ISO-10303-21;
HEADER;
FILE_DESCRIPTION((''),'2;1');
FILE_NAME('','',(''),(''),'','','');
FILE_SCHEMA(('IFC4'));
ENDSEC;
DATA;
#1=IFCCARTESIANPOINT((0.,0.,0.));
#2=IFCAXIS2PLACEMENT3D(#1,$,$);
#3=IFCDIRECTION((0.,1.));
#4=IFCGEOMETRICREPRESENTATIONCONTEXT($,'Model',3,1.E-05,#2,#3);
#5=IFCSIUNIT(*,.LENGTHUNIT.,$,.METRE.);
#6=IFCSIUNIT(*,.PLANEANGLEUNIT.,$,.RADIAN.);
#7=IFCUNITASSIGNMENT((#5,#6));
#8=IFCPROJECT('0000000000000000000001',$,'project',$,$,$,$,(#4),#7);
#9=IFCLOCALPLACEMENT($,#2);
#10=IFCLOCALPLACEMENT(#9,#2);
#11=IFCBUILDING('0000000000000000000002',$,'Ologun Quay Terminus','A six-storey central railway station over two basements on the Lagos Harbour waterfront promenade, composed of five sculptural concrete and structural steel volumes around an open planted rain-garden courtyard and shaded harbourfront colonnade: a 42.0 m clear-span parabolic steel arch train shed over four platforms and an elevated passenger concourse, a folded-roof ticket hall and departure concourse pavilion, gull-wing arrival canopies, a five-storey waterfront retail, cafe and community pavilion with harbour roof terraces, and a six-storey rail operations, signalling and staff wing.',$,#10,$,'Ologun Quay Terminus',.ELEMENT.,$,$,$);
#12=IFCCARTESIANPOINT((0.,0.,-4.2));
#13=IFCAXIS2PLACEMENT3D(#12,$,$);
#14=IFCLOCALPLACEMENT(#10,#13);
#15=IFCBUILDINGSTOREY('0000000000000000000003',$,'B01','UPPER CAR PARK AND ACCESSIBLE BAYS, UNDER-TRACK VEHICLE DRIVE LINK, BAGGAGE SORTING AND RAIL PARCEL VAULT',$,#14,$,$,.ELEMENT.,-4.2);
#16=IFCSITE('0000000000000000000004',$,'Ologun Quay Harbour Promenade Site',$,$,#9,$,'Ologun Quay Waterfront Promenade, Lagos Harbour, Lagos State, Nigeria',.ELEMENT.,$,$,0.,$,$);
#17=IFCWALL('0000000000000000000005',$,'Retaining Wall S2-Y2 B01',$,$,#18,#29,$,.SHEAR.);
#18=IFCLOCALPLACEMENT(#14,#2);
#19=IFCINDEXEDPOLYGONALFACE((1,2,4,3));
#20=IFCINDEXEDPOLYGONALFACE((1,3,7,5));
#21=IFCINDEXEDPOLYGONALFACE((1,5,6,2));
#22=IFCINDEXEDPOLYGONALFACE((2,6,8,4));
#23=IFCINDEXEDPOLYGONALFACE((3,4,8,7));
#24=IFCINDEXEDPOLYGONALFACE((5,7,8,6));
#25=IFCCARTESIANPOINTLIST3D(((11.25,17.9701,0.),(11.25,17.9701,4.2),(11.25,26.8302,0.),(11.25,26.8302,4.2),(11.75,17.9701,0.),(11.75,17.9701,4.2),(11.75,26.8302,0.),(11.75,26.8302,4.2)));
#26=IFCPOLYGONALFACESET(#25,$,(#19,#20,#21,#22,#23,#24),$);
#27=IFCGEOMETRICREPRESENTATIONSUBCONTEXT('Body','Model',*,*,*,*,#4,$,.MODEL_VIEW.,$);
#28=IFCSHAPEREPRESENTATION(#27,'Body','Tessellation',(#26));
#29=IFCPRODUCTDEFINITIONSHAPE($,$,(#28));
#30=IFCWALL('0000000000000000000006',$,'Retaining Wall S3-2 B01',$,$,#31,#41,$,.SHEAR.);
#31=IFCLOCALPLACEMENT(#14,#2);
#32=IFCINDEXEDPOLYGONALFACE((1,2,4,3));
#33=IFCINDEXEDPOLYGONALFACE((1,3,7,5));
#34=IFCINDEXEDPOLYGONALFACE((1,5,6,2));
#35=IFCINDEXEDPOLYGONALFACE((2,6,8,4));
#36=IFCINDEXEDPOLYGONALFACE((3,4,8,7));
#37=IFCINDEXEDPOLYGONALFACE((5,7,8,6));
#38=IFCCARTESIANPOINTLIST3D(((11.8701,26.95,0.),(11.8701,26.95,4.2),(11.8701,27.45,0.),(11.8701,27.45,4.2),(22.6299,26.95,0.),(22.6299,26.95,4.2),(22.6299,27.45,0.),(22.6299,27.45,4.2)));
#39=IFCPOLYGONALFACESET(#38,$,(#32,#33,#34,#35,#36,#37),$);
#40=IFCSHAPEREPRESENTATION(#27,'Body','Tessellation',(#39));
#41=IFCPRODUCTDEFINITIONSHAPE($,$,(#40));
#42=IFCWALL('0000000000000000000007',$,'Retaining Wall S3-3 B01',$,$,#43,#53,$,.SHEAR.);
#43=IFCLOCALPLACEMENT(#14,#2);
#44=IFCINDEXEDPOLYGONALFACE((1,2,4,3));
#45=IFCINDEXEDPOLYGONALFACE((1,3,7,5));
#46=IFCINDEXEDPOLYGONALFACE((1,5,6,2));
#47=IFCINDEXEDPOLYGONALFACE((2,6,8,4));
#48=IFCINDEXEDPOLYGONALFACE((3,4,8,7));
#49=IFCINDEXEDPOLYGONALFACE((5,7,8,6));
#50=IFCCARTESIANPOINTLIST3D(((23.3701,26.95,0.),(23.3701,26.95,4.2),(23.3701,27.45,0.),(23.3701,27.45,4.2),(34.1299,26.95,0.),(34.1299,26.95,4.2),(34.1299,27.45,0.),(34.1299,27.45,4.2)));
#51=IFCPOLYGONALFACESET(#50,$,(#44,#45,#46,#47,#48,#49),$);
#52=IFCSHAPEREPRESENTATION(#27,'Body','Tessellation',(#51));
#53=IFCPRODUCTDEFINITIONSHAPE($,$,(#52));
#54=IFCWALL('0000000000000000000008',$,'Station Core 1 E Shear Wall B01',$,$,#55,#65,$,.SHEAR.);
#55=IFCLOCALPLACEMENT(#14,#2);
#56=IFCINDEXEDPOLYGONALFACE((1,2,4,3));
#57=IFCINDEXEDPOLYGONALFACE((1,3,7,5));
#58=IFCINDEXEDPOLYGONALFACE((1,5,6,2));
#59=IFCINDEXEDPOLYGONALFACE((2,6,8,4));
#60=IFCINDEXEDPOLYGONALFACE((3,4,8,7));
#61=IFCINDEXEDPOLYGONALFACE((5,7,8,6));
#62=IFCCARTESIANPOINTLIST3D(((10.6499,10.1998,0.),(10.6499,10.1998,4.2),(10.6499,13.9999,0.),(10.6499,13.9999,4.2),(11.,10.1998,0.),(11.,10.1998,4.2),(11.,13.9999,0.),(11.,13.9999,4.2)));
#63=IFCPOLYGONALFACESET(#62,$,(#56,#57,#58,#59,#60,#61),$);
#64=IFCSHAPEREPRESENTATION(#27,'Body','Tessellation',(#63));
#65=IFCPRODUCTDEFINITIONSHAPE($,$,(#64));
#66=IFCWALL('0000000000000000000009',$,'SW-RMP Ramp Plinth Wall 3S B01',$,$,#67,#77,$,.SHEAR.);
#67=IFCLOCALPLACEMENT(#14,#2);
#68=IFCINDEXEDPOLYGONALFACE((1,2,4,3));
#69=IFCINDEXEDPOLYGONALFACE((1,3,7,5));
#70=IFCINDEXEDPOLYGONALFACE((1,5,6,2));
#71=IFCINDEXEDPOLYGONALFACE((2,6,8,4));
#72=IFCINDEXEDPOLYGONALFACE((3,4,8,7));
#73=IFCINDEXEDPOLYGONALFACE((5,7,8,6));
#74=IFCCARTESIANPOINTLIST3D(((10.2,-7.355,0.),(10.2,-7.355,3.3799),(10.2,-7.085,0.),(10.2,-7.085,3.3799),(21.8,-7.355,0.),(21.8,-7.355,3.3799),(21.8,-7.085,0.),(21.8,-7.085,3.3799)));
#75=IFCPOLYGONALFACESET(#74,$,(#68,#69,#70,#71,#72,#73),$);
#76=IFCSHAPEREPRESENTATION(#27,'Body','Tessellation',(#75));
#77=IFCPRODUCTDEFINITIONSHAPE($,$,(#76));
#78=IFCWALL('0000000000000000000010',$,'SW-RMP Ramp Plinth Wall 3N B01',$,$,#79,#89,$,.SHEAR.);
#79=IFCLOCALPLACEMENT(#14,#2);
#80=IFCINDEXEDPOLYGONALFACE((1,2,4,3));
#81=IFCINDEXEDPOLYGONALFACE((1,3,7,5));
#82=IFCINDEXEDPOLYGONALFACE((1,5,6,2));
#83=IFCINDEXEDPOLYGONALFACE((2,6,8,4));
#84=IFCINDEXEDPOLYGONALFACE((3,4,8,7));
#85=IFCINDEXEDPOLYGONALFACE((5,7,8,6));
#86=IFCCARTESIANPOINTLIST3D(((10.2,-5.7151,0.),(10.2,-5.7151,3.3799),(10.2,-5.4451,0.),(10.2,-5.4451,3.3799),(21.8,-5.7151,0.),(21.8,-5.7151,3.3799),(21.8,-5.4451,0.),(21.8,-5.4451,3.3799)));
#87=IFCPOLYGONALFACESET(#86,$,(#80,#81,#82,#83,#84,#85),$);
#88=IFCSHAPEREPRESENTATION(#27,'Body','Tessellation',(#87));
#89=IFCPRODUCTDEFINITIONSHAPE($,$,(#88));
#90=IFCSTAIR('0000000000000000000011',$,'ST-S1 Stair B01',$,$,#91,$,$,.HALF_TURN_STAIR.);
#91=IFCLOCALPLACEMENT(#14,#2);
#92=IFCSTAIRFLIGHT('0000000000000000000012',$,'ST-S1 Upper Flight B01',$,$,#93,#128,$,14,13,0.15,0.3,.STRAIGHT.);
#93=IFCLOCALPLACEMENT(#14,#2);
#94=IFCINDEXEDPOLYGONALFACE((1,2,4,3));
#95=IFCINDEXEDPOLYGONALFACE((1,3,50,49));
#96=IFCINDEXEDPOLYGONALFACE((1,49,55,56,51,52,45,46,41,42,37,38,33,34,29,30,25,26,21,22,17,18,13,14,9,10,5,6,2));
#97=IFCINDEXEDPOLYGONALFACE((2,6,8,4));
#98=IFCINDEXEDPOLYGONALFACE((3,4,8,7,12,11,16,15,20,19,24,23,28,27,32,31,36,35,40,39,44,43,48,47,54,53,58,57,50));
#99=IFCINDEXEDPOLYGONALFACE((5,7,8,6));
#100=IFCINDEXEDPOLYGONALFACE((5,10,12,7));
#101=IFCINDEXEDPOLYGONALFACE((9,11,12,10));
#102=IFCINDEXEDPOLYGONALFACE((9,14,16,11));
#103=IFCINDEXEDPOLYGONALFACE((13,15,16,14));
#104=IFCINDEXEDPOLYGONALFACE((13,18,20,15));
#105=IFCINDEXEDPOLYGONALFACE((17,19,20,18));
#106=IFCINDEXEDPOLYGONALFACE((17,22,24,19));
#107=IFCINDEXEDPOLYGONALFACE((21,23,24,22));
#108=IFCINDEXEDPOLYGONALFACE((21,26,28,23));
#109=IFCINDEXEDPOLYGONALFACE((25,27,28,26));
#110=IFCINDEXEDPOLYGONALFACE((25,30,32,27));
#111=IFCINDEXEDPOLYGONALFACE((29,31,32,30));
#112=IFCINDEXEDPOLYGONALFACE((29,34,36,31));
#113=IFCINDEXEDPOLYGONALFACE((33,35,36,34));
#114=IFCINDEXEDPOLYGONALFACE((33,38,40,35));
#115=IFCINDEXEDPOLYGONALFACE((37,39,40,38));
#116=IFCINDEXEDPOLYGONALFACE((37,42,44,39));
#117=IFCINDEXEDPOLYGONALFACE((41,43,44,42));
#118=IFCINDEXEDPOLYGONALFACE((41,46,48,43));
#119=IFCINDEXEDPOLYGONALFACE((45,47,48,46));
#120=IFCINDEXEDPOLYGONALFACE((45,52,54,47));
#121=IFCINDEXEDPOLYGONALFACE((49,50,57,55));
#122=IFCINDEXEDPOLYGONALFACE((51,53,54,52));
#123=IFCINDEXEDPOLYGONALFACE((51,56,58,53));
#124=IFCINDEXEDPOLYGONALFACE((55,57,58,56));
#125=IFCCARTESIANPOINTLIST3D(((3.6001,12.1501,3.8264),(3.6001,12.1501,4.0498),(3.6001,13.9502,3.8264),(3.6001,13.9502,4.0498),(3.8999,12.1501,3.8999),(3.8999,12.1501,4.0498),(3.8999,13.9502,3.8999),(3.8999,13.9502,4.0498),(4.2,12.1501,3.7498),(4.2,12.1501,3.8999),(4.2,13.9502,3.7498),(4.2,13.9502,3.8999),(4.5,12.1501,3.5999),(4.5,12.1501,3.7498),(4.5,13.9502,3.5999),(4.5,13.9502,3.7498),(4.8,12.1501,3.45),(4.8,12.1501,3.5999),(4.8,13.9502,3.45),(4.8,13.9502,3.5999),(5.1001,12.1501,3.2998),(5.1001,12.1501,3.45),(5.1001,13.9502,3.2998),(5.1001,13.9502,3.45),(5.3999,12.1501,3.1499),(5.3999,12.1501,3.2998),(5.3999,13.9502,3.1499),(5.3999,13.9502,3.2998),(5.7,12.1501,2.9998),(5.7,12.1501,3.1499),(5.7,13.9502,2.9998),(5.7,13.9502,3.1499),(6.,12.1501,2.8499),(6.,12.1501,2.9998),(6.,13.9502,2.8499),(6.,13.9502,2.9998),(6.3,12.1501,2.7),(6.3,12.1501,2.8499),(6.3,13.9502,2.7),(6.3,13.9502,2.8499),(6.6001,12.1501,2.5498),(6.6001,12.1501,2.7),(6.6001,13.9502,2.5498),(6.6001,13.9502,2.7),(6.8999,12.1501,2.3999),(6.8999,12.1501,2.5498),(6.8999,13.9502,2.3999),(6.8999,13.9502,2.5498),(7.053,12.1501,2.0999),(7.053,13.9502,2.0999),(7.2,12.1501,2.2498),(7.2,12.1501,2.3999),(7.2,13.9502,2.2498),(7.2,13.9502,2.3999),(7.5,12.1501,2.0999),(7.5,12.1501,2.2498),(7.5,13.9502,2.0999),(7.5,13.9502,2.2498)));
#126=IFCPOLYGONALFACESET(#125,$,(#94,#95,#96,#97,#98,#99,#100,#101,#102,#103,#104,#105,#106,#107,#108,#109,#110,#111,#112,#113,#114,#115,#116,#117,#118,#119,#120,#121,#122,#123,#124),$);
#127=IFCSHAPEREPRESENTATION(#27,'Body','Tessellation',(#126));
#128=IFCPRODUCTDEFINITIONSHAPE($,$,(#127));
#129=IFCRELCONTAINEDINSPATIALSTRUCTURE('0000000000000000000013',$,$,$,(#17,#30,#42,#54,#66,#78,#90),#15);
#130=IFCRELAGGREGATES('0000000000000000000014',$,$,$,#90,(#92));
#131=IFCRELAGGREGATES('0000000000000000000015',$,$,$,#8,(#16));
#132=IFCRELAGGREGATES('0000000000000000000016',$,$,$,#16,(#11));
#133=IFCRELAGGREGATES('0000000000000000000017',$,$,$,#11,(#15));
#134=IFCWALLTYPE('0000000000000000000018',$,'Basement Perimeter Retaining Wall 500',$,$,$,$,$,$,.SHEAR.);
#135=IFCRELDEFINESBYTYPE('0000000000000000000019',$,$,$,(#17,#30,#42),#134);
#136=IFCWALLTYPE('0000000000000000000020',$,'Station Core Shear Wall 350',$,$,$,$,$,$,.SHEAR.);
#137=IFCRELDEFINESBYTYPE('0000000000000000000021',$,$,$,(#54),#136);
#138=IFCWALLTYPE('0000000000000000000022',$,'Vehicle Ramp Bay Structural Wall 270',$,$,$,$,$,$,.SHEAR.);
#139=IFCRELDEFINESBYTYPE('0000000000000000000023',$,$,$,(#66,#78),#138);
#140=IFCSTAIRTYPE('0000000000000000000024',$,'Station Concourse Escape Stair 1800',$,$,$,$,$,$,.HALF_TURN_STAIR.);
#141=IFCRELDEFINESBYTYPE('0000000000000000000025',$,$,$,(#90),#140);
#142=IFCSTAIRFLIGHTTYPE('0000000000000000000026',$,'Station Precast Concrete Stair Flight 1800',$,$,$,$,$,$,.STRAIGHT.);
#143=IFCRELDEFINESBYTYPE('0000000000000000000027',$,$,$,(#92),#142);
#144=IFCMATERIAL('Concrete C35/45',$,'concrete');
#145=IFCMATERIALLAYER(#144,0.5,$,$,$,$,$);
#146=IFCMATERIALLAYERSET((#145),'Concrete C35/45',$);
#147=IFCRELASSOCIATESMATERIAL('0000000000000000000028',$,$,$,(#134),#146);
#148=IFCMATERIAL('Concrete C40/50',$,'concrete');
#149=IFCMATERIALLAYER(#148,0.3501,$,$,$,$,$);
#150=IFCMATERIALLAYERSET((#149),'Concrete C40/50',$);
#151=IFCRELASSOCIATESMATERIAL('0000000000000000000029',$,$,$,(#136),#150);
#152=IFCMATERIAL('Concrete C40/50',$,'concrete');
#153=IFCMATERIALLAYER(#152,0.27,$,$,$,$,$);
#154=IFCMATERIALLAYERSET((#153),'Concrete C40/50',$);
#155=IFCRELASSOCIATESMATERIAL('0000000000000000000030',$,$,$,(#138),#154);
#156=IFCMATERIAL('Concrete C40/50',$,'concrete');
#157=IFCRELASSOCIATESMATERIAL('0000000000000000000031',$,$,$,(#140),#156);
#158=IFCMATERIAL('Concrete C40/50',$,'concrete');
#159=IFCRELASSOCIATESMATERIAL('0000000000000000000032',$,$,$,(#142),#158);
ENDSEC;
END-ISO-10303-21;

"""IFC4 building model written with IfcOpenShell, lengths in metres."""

from ifc_helpers import new_model, si_unit, direction, frame, frame_2d, origin, place, context, subcontext, project, spatial, polyline, rectangle, outline, extrude, material, layer, layer_set, type_object, element, aggregate, save


model = new_model("IFC4")

# Units and contexts
model_context = context("Model", 3, precision=1e-05, world=origin(), true_north=direction((0.0, 1.0)))
body_context = subcontext(model_context, "Body", "Model", "MODEL_VIEW")
ifc_project = project(units=[si_unit("LENGTHUNIT", "METRE"), si_unit("PLANEANGLEUNIT", "RADIAN")], contexts=[model_context])

# Site, building, storey
site_placement = place(None, origin())
site = spatial("IfcSite", under=ifc_project, at=site_placement, Name="Ologun Quay Harbour Promenade Site", LongName="Ologun Quay Waterfront Promenade, Lagos Harbour, Lagos State, Nigeria", CompositionType="ELEMENT", RefElevation=0.0)
building_placement = place(site_placement, origin())
building = spatial("IfcBuilding", under=site, at=building_placement, Name="Ologun Quay Terminus", Description="A six-storey central railway station over two basements on the Lagos Harbour waterfront promenade, composed of five sculptural concrete and structural steel volumes around an open planted rain-garden courtyard and shaded harbourfront colonnade: a 42.0 m clear-span parabolic steel arch train shed over four platforms and an elevated passenger concourse, a folded-roof ticket hall and departure concourse pavilion, gull-wing arrival canopies, a five-storey waterfront retail, cafe and community pavilion with harbour roof terraces, and a six-storey rail operations, signalling and staff wing.", LongName="Ologun Quay Terminus", CompositionType="ELEMENT")
storey_placement = place(building_placement, frame((0.0, 0.0, -4.2)))
storey = spatial("IfcBuildingStorey", under=building, at=storey_placement, Name="B01", Description="UPPER CAR PARK AND ACCESSIBLE BAYS, UNDER-TRACK VEHICLE DRIVE LINK, BAGGAGE SORTING AND RAIL PARCEL VAULT", CompositionType="ELEMENT", Elevation=-4.2)

# Walls
ifc_material_1 = material(Name="Concrete C35/45", Category="concrete")
ifc_layer_1 = layer(ifc_material_1, 0.5)
ifc_layer_set_1 = layer_set([ifc_layer_1], Name="Concrete C35/45")
wall_type_1 = type_object("IfcWallType", Name="Basement Perimeter Retaining Wall 500", PredefinedType="SHEAR", material=ifc_layer_set_1)
wall_1_placement = place(storey_placement, frame((11.5, 17.97, 0.0), z_axis=(0.0, 0.0, 1.0), x_axis=(0.0, 1.0, 0.0)))
element("IfcWall", 1, at=wall_1_placement, inside=storey, type_object=wall_type_1, Name="Retaining Wall S2-Y2 B01", PredefinedType="SHEAR", context=body_context, shape_type="SweptSolid", body=[
    extrude(rectangle(XDim=8.8601, YDim=0.5, at=frame_2d((4.4302, 0.0))), origin(), (0.0, 0.0, 1.0), 4.2),
])
for number, where, z_axis, x_axis, name in (
    (2, (11.8701, 27.2, 0.0), (0.0, 0.0, 1.0), (1.0, 0.0, 0.0), "Retaining Wall S3-2 B01"),
    (3, (23.3701, 27.2, 0.0), (0.0, 0.0, 1.0), (1.0, 0.0, 0.0), "Retaining Wall S3-3 B01"),
):
    element("IfcWall", number, at=place(storey_placement, frame(where, z_axis=z_axis, x_axis=x_axis)), inside=storey, type_object=wall_type_1, Name=name, PredefinedType="SHEAR", context=body_context, shape_type="SweptSolid", body=[
        extrude(rectangle(XDim=10.7598, YDim=0.5, at=frame_2d((5.3799, 0.0))), origin(), (0.0, 0.0, 1.0), 4.2),
    ])
ifc_material_2 = material(Name="Concrete C40/50", Category="concrete")
ifc_layer_2 = layer(ifc_material_2, 0.3501)
ifc_layer_set_2 = layer_set([ifc_layer_2], Name="Concrete C40/50")
wall_type_2 = type_object("IfcWallType", Name="Station Core Shear Wall 350", PredefinedType="SHEAR", material=ifc_layer_set_2)
wall_2_placement = place(storey_placement, frame((10.825, 10.2, 0.0), z_axis=(0.0, 0.0, 1.0), x_axis=(0.0, 1.0, 0.0)))
element("IfcWall", 4, at=wall_2_placement, inside=storey, type_object=wall_type_2, Name="Station Core 1 E Shear Wall B01", PredefinedType="SHEAR", context=body_context, shape_type="SweptSolid", body=[
    extrude(rectangle(XDim=3.8, YDim=0.3501, at=frame_2d((1.8999, 0.0))), origin(), (0.0, 0.0, 1.0), 4.2),
])
ifc_material_3 = material(Name="Concrete C40/50", Category="concrete")
ifc_layer_3 = layer(ifc_material_3, 0.27)
ifc_layer_set_3 = layer_set([ifc_layer_3], Name="Concrete C40/50")
wall_type_3 = type_object("IfcWallType", Name="Vehicle Ramp Bay Structural Wall 270", PredefinedType="SHEAR", material=ifc_layer_set_3)
for number, where, z_axis, x_axis, name in (
    (5, (10.2, -7.22, 0.0), (0.0, 0.0, 1.0), (1.0, 0.0, 0.0), "SW-RMP Ramp Plinth Wall 3S B01"),
    (6, (10.2, -5.5801, 0.0), (0.0, 0.0, 1.0), (1.0, 0.0, 0.0), "SW-RMP Ramp Plinth Wall 3N B01"),
):
    element("IfcWall", number, at=place(storey_placement, frame(where, z_axis=z_axis, x_axis=x_axis)), inside=storey, type_object=wall_type_3, Name=name, PredefinedType="SHEAR", context=body_context, shape_type="SweptSolid", body=[
        extrude(rectangle(XDim=11.6001, YDim=0.27, at=frame_2d((5.8, 0.0))), origin(), (0.0, 0.0, 1.0), 3.3799),
    ])

# Stair, stair flight
ifc_material_4 = material(Name="Concrete C40/50", Category="concrete")
stair_type = type_object("IfcStairType", Name="Station Concourse Escape Stair 1800", PredefinedType="HALF_TURN_STAIR", material=ifc_material_4)
stair_placement = place(storey_placement, origin())
stair = element("IfcStair", 7, at=stair_placement, inside=storey, type_object=stair_type, Name="ST-S1 Stair B01", PredefinedType="HALF_TURN_STAIR")
ifc_material_5 = material(Name="Concrete C40/50", Category="concrete")
stair_flight_type = type_object("IfcStairFlightType", Name="Station Precast Concrete Stair Flight 1800", PredefinedType="STRAIGHT", material=ifc_material_5)
stair_flight_placement = place(storey_placement, frame((7.5, 13.05, 2.0999), z_axis=(0.0, 0.0, 1.0), x_axis=(-1.0, 0.0, 0.0)))
stair_flight = element("IfcStairFlight", 8, at=stair_flight_placement, type_object=stair_flight_type, Name="ST-S1 Upper Flight B01", NumberOfRisers=14, NumberOfTreads=13, PredefinedType="STRAIGHT", RiserHeight=0.15, TreadLength=0.3, context=body_context, shape_type="SweptSolid", body=[
    extrude(outline(polyline([(0.0, 0.0), (0.0, 0.1499), (0.3, 0.1499), (0.3, 0.3), (0.6001, 0.3), (0.6001, 0.45), (0.8999, 0.45), (0.8999, 0.6001), (1.2, 0.6001), (1.2, 0.75), (1.5, 0.75), (1.5, 0.8999), (1.8, 0.8999), (1.8, 1.05), (2.1001, 1.05), (2.1001, 1.2), (2.3999, 1.2), (2.3999, 1.3501), (2.7, 1.3501), (2.7, 1.5), (3.0, 1.5), (3.0, 1.6499), (3.3, 1.6499), (3.3, 1.8), (3.6001, 1.8), (3.6001, 1.95), (3.8999, 1.95), (3.8999, 2.1001), (3.8999, 1.7266), (0.447, 0.0), (0.0, 0.0)])), frame((0.0, 0.8999, 0.0), z_axis=(0.0, -1.0, 0.0), x_axis=(1.0, 0.0, 0.0)), (0.0, 0.0, 1.0), 1.8),
])
aggregate(stair, [stair_flight])

save(model, "model.ifc")
